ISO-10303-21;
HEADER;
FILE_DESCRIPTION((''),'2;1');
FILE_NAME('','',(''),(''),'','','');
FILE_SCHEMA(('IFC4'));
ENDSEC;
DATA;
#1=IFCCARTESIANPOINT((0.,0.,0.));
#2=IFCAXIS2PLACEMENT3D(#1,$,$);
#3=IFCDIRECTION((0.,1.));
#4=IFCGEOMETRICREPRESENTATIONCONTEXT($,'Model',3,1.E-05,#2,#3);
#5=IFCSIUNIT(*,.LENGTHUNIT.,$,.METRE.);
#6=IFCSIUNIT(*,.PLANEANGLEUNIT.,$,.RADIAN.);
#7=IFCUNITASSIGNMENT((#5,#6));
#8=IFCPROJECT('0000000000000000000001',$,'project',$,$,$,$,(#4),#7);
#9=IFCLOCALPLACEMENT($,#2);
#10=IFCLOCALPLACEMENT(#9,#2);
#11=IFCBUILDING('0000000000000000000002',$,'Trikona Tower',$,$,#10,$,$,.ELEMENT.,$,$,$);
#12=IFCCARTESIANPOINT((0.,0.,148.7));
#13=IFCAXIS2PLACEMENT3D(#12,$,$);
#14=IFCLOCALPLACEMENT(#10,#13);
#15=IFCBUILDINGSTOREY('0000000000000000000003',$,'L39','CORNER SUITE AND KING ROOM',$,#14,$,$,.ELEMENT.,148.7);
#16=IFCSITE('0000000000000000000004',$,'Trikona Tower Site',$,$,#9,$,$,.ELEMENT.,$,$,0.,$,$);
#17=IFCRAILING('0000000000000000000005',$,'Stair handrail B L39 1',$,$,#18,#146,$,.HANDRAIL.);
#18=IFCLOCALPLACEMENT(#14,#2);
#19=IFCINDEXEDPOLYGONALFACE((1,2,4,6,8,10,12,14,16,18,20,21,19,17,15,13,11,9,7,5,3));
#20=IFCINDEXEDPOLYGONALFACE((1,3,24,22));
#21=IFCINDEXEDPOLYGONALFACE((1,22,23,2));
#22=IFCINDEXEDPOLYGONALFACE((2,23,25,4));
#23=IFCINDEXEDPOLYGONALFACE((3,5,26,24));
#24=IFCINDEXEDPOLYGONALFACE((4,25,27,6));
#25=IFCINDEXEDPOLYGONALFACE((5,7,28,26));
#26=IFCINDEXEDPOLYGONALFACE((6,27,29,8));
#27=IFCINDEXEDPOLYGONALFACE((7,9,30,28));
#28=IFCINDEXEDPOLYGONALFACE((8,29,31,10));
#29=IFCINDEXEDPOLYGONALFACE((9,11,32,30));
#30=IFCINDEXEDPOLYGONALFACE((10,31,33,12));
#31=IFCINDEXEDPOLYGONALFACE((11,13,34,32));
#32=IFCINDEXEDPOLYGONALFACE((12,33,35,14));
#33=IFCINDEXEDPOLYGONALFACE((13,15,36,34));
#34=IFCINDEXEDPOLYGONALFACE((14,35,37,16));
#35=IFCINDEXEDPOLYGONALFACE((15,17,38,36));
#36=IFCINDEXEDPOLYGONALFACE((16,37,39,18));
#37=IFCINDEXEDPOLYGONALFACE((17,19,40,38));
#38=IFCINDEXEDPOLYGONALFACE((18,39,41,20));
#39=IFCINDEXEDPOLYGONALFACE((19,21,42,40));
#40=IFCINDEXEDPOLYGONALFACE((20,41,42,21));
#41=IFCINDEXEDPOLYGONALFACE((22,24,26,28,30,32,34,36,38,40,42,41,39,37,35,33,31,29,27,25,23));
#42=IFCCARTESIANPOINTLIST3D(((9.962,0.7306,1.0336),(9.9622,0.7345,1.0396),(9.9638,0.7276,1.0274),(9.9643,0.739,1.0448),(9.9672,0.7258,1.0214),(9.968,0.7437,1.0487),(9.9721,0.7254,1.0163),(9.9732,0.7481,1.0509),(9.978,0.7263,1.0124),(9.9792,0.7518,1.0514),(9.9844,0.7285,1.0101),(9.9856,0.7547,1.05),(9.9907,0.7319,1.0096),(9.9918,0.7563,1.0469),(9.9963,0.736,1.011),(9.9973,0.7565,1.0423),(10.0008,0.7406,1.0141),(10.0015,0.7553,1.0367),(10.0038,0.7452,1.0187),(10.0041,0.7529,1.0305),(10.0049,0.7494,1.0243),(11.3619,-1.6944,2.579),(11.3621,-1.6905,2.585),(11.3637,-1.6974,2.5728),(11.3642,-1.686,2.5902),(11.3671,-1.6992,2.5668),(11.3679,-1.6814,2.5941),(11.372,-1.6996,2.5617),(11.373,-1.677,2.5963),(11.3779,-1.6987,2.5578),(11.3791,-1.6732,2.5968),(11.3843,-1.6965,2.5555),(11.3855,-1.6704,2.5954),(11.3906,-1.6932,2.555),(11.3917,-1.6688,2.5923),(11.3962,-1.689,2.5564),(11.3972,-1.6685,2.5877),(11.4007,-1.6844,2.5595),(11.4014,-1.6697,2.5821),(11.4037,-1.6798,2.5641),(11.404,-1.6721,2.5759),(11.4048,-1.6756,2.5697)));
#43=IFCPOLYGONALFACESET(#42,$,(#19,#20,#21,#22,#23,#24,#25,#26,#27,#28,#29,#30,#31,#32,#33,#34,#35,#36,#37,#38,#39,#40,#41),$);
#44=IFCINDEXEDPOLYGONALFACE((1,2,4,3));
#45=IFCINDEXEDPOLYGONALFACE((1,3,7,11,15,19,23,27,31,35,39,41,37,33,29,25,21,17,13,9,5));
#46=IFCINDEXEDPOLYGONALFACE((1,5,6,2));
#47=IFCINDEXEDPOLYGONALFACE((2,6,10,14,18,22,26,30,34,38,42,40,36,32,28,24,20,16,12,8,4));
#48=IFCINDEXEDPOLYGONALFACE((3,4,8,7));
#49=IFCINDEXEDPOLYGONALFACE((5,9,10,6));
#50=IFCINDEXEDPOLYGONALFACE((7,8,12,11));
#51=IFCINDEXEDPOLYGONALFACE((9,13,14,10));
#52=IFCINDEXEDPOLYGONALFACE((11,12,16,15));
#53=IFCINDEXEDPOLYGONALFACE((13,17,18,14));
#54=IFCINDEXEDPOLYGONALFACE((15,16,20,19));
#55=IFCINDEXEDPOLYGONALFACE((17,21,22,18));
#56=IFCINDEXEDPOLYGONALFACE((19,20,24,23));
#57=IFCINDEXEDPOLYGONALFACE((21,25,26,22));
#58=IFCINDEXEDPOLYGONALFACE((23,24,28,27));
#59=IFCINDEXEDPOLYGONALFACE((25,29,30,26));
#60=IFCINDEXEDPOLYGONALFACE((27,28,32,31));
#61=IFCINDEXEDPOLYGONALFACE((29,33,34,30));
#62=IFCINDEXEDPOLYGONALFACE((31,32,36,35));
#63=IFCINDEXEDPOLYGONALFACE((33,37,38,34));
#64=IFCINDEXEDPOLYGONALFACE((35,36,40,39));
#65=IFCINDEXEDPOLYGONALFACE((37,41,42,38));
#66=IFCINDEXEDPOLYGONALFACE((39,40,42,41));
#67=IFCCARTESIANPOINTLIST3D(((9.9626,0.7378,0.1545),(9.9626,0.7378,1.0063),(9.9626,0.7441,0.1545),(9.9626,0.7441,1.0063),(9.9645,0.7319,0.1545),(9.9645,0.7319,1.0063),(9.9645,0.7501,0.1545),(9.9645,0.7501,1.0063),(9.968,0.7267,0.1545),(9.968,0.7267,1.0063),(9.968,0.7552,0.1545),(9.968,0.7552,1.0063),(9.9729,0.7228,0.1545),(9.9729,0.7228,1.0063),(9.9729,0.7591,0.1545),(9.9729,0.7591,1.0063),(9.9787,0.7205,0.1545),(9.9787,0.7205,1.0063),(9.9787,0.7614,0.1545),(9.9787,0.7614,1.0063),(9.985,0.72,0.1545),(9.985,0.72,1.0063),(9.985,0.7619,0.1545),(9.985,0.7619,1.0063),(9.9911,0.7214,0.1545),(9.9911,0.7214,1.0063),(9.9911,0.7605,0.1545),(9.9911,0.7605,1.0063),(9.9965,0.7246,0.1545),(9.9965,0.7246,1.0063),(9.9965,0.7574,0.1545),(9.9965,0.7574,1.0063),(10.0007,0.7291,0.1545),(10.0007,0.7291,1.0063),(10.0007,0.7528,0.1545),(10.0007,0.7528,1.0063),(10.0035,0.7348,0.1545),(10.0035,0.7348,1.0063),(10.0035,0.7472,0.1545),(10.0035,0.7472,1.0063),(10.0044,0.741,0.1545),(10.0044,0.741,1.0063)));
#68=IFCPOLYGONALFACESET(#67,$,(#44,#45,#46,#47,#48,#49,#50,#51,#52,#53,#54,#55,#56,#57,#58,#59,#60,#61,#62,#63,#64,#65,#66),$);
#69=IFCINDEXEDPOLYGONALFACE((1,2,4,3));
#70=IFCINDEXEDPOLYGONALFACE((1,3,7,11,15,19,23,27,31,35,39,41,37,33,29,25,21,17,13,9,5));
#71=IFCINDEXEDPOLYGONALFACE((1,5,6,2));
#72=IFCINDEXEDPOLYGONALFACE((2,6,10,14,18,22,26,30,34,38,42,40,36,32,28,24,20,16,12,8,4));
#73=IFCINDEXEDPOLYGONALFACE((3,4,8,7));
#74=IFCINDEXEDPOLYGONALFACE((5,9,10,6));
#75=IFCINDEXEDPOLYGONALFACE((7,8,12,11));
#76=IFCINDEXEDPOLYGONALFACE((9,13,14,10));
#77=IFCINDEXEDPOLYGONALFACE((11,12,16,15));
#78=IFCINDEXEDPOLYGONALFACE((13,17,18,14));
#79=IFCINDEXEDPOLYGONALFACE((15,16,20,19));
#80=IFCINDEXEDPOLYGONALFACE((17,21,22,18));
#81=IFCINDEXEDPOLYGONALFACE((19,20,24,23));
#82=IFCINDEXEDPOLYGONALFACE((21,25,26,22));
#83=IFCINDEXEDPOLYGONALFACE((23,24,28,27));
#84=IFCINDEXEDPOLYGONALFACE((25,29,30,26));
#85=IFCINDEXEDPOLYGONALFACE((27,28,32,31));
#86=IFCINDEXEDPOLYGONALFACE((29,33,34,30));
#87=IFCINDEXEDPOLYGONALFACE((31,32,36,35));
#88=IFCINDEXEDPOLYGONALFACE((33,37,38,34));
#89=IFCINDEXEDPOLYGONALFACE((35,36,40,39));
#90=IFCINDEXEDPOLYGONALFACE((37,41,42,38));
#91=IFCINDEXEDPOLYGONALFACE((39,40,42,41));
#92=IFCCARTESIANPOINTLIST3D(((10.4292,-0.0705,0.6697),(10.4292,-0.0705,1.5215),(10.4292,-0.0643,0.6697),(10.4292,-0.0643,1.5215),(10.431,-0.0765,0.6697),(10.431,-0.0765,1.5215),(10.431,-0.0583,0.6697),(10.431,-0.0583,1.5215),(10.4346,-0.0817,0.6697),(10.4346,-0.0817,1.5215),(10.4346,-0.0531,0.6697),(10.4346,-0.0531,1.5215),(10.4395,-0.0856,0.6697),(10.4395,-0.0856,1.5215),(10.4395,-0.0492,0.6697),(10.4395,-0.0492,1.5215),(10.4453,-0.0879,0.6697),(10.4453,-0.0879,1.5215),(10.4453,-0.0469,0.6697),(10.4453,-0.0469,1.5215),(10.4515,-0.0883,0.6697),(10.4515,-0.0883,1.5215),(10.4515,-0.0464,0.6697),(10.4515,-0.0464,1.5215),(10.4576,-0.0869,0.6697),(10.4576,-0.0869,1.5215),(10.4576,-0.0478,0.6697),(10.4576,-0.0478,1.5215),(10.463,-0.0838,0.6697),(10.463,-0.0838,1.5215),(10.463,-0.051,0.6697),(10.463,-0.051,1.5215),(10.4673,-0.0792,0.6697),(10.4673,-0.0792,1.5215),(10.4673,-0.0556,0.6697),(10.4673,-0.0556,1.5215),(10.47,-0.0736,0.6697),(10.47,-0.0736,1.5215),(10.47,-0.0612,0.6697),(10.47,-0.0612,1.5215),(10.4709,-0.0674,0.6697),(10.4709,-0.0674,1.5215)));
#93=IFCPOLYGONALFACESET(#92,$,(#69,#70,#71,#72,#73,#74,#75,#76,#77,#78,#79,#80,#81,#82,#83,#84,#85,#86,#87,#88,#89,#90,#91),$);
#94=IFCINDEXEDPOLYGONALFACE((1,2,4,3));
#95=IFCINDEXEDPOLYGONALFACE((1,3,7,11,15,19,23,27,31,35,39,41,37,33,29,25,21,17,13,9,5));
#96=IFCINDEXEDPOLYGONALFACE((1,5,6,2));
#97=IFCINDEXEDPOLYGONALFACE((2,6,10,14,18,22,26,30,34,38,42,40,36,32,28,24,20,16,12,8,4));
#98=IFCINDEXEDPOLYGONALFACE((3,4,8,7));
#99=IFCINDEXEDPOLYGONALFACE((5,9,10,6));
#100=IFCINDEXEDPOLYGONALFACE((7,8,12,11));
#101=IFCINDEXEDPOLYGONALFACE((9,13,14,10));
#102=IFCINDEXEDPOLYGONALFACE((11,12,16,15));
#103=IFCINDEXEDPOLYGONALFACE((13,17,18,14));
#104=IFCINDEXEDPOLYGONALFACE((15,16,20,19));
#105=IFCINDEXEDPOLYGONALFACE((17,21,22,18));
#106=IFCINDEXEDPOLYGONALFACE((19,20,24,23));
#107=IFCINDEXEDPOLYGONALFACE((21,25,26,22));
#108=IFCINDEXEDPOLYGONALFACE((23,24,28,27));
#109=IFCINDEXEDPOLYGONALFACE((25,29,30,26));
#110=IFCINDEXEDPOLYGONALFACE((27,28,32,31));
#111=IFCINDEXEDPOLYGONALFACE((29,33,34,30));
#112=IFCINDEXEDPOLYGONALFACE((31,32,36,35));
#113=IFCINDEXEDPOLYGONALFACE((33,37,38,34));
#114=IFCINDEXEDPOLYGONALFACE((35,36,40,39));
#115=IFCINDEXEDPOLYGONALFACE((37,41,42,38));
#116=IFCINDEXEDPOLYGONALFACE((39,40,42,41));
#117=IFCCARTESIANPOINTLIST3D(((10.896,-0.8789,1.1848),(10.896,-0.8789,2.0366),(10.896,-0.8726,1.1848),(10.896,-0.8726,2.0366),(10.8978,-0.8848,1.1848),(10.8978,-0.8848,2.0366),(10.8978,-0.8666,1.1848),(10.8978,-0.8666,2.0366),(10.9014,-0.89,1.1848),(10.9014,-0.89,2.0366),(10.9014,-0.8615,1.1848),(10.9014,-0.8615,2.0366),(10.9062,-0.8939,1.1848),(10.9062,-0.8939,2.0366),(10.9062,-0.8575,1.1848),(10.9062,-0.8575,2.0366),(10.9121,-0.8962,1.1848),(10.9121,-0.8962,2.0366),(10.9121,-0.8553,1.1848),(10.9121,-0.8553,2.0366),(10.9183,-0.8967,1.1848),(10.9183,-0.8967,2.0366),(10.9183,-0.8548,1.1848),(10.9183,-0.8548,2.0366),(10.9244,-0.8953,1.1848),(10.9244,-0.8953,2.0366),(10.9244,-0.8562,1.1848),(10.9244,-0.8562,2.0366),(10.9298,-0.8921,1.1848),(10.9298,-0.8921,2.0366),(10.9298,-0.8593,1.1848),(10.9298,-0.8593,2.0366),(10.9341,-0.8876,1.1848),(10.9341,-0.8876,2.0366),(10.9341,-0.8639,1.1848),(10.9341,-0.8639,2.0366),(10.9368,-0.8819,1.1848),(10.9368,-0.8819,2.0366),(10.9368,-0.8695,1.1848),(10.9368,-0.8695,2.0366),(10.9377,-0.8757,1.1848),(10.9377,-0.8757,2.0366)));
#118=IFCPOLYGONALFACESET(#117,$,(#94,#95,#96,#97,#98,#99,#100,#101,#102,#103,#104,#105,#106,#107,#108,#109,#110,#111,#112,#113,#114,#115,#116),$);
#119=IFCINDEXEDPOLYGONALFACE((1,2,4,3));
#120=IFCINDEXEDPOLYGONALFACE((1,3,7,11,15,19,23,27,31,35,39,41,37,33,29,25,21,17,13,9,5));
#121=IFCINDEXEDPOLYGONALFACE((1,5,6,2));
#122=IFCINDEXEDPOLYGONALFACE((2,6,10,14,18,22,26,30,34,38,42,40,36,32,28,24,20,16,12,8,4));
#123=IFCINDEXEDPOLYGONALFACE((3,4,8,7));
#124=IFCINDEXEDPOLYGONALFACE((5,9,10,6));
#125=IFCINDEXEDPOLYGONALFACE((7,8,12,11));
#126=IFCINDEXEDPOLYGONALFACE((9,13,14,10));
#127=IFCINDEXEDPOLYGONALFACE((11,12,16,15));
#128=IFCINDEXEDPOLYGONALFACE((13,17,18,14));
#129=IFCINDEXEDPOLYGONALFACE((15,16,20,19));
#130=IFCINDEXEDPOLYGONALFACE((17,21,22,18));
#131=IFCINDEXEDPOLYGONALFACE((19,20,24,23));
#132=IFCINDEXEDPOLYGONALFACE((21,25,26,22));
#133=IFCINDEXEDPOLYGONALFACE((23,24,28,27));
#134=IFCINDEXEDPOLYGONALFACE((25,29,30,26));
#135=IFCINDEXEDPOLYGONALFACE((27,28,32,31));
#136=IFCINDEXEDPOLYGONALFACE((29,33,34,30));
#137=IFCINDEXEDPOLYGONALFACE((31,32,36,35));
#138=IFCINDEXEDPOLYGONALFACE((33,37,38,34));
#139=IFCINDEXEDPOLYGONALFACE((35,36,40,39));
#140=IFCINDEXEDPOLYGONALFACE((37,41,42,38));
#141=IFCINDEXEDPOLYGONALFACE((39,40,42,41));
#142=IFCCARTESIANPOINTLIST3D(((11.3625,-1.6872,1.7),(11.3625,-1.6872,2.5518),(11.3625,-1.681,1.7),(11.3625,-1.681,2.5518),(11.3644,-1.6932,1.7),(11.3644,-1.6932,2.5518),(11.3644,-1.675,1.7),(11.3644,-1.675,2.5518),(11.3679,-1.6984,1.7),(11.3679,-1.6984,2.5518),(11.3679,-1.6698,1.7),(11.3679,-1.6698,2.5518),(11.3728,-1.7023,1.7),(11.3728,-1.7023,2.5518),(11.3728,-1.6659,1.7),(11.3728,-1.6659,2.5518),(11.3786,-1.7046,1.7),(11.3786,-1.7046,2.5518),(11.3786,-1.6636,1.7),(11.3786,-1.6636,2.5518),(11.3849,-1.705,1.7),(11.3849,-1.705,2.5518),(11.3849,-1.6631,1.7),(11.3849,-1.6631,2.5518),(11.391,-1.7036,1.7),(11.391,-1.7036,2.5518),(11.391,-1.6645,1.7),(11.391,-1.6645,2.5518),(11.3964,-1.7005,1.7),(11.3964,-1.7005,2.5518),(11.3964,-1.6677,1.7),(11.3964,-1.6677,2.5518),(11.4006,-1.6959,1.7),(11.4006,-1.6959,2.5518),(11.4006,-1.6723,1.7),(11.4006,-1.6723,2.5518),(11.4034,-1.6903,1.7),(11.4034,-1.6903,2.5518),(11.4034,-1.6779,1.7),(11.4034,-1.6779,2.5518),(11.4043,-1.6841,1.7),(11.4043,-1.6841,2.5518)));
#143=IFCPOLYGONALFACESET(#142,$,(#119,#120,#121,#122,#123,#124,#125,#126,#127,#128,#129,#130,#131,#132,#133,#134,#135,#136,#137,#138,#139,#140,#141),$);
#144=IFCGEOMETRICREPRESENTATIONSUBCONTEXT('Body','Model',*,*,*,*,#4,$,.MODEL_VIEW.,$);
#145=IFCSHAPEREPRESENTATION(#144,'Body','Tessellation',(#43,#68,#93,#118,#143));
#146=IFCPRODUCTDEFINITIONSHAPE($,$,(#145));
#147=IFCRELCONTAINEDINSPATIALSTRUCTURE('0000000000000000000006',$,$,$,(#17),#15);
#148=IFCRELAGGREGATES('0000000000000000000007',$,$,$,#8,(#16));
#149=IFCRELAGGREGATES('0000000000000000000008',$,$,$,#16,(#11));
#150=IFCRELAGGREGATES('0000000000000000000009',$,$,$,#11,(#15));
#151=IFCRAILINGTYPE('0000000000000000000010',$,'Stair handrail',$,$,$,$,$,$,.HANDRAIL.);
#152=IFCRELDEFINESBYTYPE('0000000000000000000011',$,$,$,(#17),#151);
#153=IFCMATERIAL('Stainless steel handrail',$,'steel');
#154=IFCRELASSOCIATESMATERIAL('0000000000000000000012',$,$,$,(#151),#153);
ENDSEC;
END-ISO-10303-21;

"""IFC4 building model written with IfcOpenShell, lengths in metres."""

from ifc_helpers import new_model, si_unit, direction, frame, origin, origin_2d, place, context, subcontext, project, spatial, circle, extrude, material, type_object, element, save


model = new_model("IFC4")

# Units and contexts
model_context = context("Model", 3, precision=1e-05, world=origin(), true_north=direction((0.0, 1.0)))
body_context = subcontext(model_context, "Body", "Model", "MODEL_VIEW")
ifc_project = project(units=[si_unit("LENGTHUNIT", "METRE"), si_unit("PLANEANGLEUNIT", "RADIAN")], contexts=[model_context])

# Site, building, storey
site_placement = place(None, origin())
site = spatial("IfcSite", under=ifc_project, at=site_placement, Name="Trikona Tower Site", CompositionType="ELEMENT", RefElevation=0.0)
building_placement = place(site_placement, origin())
building = spatial("IfcBuilding", under=site, at=building_placement, Name="Trikona Tower", CompositionType="ELEMENT")
storey_placement = place(building_placement, frame((0.0, 0.0, 148.7)))
storey = spatial("IfcBuildingStorey", under=building, at=storey_placement, Name="L39", Description="CORNER SUITE AND KING ROOM", CompositionType="ELEMENT", Elevation=148.7)

# Railing
ifc_material_1 = material(Name="Stainless steel handrail", Category="steel")
railing_type = type_object("IfcRailingType", Name="Stair handrail", PredefinedType="HANDRAIL", material=ifc_material_1)
railing_placement = place(storey_placement, frame((9.9834, 0.741, 0.1545)))
element("IfcRailing", 1, at=railing_placement, inside=storey, type_object=railing_type, Name="Stair handrail B L39 1", PredefinedType="HANDRAIL", context=body_context, shape_type="SweptSolid", body=[
    extrude(circle(Radius=0.0239, at=origin_2d()), frame((0.0, 0.0, 0.876), z_axis=(0.437707, -0.75824, 0.483203), x_axis=(0.866056, 0.499946, 0.0)), (0.0, 0.0, 1.0), 3.1982),
    extrude(circle(Radius=0.021, at=origin_2d()), origin(), (0.0, 0.0, 1.0), 0.8518),
    extrude(circle(Radius=0.021, at=origin_2d()), frame((0.4666, -0.8083, 0.5151)), (0.0, 0.0, 1.0), 0.8518),
    extrude(circle(Radius=0.021, at=origin_2d()), frame((0.9333, -1.6167, 1.0303)), (0.0, 0.0, 1.0), 0.8518),
    extrude(circle(Radius=0.021, at=origin_2d()), frame((1.3999, -2.425, 1.5454)), (0.0, 0.0, 1.0), 0.8518),
])

save(model, "model.ifc")
